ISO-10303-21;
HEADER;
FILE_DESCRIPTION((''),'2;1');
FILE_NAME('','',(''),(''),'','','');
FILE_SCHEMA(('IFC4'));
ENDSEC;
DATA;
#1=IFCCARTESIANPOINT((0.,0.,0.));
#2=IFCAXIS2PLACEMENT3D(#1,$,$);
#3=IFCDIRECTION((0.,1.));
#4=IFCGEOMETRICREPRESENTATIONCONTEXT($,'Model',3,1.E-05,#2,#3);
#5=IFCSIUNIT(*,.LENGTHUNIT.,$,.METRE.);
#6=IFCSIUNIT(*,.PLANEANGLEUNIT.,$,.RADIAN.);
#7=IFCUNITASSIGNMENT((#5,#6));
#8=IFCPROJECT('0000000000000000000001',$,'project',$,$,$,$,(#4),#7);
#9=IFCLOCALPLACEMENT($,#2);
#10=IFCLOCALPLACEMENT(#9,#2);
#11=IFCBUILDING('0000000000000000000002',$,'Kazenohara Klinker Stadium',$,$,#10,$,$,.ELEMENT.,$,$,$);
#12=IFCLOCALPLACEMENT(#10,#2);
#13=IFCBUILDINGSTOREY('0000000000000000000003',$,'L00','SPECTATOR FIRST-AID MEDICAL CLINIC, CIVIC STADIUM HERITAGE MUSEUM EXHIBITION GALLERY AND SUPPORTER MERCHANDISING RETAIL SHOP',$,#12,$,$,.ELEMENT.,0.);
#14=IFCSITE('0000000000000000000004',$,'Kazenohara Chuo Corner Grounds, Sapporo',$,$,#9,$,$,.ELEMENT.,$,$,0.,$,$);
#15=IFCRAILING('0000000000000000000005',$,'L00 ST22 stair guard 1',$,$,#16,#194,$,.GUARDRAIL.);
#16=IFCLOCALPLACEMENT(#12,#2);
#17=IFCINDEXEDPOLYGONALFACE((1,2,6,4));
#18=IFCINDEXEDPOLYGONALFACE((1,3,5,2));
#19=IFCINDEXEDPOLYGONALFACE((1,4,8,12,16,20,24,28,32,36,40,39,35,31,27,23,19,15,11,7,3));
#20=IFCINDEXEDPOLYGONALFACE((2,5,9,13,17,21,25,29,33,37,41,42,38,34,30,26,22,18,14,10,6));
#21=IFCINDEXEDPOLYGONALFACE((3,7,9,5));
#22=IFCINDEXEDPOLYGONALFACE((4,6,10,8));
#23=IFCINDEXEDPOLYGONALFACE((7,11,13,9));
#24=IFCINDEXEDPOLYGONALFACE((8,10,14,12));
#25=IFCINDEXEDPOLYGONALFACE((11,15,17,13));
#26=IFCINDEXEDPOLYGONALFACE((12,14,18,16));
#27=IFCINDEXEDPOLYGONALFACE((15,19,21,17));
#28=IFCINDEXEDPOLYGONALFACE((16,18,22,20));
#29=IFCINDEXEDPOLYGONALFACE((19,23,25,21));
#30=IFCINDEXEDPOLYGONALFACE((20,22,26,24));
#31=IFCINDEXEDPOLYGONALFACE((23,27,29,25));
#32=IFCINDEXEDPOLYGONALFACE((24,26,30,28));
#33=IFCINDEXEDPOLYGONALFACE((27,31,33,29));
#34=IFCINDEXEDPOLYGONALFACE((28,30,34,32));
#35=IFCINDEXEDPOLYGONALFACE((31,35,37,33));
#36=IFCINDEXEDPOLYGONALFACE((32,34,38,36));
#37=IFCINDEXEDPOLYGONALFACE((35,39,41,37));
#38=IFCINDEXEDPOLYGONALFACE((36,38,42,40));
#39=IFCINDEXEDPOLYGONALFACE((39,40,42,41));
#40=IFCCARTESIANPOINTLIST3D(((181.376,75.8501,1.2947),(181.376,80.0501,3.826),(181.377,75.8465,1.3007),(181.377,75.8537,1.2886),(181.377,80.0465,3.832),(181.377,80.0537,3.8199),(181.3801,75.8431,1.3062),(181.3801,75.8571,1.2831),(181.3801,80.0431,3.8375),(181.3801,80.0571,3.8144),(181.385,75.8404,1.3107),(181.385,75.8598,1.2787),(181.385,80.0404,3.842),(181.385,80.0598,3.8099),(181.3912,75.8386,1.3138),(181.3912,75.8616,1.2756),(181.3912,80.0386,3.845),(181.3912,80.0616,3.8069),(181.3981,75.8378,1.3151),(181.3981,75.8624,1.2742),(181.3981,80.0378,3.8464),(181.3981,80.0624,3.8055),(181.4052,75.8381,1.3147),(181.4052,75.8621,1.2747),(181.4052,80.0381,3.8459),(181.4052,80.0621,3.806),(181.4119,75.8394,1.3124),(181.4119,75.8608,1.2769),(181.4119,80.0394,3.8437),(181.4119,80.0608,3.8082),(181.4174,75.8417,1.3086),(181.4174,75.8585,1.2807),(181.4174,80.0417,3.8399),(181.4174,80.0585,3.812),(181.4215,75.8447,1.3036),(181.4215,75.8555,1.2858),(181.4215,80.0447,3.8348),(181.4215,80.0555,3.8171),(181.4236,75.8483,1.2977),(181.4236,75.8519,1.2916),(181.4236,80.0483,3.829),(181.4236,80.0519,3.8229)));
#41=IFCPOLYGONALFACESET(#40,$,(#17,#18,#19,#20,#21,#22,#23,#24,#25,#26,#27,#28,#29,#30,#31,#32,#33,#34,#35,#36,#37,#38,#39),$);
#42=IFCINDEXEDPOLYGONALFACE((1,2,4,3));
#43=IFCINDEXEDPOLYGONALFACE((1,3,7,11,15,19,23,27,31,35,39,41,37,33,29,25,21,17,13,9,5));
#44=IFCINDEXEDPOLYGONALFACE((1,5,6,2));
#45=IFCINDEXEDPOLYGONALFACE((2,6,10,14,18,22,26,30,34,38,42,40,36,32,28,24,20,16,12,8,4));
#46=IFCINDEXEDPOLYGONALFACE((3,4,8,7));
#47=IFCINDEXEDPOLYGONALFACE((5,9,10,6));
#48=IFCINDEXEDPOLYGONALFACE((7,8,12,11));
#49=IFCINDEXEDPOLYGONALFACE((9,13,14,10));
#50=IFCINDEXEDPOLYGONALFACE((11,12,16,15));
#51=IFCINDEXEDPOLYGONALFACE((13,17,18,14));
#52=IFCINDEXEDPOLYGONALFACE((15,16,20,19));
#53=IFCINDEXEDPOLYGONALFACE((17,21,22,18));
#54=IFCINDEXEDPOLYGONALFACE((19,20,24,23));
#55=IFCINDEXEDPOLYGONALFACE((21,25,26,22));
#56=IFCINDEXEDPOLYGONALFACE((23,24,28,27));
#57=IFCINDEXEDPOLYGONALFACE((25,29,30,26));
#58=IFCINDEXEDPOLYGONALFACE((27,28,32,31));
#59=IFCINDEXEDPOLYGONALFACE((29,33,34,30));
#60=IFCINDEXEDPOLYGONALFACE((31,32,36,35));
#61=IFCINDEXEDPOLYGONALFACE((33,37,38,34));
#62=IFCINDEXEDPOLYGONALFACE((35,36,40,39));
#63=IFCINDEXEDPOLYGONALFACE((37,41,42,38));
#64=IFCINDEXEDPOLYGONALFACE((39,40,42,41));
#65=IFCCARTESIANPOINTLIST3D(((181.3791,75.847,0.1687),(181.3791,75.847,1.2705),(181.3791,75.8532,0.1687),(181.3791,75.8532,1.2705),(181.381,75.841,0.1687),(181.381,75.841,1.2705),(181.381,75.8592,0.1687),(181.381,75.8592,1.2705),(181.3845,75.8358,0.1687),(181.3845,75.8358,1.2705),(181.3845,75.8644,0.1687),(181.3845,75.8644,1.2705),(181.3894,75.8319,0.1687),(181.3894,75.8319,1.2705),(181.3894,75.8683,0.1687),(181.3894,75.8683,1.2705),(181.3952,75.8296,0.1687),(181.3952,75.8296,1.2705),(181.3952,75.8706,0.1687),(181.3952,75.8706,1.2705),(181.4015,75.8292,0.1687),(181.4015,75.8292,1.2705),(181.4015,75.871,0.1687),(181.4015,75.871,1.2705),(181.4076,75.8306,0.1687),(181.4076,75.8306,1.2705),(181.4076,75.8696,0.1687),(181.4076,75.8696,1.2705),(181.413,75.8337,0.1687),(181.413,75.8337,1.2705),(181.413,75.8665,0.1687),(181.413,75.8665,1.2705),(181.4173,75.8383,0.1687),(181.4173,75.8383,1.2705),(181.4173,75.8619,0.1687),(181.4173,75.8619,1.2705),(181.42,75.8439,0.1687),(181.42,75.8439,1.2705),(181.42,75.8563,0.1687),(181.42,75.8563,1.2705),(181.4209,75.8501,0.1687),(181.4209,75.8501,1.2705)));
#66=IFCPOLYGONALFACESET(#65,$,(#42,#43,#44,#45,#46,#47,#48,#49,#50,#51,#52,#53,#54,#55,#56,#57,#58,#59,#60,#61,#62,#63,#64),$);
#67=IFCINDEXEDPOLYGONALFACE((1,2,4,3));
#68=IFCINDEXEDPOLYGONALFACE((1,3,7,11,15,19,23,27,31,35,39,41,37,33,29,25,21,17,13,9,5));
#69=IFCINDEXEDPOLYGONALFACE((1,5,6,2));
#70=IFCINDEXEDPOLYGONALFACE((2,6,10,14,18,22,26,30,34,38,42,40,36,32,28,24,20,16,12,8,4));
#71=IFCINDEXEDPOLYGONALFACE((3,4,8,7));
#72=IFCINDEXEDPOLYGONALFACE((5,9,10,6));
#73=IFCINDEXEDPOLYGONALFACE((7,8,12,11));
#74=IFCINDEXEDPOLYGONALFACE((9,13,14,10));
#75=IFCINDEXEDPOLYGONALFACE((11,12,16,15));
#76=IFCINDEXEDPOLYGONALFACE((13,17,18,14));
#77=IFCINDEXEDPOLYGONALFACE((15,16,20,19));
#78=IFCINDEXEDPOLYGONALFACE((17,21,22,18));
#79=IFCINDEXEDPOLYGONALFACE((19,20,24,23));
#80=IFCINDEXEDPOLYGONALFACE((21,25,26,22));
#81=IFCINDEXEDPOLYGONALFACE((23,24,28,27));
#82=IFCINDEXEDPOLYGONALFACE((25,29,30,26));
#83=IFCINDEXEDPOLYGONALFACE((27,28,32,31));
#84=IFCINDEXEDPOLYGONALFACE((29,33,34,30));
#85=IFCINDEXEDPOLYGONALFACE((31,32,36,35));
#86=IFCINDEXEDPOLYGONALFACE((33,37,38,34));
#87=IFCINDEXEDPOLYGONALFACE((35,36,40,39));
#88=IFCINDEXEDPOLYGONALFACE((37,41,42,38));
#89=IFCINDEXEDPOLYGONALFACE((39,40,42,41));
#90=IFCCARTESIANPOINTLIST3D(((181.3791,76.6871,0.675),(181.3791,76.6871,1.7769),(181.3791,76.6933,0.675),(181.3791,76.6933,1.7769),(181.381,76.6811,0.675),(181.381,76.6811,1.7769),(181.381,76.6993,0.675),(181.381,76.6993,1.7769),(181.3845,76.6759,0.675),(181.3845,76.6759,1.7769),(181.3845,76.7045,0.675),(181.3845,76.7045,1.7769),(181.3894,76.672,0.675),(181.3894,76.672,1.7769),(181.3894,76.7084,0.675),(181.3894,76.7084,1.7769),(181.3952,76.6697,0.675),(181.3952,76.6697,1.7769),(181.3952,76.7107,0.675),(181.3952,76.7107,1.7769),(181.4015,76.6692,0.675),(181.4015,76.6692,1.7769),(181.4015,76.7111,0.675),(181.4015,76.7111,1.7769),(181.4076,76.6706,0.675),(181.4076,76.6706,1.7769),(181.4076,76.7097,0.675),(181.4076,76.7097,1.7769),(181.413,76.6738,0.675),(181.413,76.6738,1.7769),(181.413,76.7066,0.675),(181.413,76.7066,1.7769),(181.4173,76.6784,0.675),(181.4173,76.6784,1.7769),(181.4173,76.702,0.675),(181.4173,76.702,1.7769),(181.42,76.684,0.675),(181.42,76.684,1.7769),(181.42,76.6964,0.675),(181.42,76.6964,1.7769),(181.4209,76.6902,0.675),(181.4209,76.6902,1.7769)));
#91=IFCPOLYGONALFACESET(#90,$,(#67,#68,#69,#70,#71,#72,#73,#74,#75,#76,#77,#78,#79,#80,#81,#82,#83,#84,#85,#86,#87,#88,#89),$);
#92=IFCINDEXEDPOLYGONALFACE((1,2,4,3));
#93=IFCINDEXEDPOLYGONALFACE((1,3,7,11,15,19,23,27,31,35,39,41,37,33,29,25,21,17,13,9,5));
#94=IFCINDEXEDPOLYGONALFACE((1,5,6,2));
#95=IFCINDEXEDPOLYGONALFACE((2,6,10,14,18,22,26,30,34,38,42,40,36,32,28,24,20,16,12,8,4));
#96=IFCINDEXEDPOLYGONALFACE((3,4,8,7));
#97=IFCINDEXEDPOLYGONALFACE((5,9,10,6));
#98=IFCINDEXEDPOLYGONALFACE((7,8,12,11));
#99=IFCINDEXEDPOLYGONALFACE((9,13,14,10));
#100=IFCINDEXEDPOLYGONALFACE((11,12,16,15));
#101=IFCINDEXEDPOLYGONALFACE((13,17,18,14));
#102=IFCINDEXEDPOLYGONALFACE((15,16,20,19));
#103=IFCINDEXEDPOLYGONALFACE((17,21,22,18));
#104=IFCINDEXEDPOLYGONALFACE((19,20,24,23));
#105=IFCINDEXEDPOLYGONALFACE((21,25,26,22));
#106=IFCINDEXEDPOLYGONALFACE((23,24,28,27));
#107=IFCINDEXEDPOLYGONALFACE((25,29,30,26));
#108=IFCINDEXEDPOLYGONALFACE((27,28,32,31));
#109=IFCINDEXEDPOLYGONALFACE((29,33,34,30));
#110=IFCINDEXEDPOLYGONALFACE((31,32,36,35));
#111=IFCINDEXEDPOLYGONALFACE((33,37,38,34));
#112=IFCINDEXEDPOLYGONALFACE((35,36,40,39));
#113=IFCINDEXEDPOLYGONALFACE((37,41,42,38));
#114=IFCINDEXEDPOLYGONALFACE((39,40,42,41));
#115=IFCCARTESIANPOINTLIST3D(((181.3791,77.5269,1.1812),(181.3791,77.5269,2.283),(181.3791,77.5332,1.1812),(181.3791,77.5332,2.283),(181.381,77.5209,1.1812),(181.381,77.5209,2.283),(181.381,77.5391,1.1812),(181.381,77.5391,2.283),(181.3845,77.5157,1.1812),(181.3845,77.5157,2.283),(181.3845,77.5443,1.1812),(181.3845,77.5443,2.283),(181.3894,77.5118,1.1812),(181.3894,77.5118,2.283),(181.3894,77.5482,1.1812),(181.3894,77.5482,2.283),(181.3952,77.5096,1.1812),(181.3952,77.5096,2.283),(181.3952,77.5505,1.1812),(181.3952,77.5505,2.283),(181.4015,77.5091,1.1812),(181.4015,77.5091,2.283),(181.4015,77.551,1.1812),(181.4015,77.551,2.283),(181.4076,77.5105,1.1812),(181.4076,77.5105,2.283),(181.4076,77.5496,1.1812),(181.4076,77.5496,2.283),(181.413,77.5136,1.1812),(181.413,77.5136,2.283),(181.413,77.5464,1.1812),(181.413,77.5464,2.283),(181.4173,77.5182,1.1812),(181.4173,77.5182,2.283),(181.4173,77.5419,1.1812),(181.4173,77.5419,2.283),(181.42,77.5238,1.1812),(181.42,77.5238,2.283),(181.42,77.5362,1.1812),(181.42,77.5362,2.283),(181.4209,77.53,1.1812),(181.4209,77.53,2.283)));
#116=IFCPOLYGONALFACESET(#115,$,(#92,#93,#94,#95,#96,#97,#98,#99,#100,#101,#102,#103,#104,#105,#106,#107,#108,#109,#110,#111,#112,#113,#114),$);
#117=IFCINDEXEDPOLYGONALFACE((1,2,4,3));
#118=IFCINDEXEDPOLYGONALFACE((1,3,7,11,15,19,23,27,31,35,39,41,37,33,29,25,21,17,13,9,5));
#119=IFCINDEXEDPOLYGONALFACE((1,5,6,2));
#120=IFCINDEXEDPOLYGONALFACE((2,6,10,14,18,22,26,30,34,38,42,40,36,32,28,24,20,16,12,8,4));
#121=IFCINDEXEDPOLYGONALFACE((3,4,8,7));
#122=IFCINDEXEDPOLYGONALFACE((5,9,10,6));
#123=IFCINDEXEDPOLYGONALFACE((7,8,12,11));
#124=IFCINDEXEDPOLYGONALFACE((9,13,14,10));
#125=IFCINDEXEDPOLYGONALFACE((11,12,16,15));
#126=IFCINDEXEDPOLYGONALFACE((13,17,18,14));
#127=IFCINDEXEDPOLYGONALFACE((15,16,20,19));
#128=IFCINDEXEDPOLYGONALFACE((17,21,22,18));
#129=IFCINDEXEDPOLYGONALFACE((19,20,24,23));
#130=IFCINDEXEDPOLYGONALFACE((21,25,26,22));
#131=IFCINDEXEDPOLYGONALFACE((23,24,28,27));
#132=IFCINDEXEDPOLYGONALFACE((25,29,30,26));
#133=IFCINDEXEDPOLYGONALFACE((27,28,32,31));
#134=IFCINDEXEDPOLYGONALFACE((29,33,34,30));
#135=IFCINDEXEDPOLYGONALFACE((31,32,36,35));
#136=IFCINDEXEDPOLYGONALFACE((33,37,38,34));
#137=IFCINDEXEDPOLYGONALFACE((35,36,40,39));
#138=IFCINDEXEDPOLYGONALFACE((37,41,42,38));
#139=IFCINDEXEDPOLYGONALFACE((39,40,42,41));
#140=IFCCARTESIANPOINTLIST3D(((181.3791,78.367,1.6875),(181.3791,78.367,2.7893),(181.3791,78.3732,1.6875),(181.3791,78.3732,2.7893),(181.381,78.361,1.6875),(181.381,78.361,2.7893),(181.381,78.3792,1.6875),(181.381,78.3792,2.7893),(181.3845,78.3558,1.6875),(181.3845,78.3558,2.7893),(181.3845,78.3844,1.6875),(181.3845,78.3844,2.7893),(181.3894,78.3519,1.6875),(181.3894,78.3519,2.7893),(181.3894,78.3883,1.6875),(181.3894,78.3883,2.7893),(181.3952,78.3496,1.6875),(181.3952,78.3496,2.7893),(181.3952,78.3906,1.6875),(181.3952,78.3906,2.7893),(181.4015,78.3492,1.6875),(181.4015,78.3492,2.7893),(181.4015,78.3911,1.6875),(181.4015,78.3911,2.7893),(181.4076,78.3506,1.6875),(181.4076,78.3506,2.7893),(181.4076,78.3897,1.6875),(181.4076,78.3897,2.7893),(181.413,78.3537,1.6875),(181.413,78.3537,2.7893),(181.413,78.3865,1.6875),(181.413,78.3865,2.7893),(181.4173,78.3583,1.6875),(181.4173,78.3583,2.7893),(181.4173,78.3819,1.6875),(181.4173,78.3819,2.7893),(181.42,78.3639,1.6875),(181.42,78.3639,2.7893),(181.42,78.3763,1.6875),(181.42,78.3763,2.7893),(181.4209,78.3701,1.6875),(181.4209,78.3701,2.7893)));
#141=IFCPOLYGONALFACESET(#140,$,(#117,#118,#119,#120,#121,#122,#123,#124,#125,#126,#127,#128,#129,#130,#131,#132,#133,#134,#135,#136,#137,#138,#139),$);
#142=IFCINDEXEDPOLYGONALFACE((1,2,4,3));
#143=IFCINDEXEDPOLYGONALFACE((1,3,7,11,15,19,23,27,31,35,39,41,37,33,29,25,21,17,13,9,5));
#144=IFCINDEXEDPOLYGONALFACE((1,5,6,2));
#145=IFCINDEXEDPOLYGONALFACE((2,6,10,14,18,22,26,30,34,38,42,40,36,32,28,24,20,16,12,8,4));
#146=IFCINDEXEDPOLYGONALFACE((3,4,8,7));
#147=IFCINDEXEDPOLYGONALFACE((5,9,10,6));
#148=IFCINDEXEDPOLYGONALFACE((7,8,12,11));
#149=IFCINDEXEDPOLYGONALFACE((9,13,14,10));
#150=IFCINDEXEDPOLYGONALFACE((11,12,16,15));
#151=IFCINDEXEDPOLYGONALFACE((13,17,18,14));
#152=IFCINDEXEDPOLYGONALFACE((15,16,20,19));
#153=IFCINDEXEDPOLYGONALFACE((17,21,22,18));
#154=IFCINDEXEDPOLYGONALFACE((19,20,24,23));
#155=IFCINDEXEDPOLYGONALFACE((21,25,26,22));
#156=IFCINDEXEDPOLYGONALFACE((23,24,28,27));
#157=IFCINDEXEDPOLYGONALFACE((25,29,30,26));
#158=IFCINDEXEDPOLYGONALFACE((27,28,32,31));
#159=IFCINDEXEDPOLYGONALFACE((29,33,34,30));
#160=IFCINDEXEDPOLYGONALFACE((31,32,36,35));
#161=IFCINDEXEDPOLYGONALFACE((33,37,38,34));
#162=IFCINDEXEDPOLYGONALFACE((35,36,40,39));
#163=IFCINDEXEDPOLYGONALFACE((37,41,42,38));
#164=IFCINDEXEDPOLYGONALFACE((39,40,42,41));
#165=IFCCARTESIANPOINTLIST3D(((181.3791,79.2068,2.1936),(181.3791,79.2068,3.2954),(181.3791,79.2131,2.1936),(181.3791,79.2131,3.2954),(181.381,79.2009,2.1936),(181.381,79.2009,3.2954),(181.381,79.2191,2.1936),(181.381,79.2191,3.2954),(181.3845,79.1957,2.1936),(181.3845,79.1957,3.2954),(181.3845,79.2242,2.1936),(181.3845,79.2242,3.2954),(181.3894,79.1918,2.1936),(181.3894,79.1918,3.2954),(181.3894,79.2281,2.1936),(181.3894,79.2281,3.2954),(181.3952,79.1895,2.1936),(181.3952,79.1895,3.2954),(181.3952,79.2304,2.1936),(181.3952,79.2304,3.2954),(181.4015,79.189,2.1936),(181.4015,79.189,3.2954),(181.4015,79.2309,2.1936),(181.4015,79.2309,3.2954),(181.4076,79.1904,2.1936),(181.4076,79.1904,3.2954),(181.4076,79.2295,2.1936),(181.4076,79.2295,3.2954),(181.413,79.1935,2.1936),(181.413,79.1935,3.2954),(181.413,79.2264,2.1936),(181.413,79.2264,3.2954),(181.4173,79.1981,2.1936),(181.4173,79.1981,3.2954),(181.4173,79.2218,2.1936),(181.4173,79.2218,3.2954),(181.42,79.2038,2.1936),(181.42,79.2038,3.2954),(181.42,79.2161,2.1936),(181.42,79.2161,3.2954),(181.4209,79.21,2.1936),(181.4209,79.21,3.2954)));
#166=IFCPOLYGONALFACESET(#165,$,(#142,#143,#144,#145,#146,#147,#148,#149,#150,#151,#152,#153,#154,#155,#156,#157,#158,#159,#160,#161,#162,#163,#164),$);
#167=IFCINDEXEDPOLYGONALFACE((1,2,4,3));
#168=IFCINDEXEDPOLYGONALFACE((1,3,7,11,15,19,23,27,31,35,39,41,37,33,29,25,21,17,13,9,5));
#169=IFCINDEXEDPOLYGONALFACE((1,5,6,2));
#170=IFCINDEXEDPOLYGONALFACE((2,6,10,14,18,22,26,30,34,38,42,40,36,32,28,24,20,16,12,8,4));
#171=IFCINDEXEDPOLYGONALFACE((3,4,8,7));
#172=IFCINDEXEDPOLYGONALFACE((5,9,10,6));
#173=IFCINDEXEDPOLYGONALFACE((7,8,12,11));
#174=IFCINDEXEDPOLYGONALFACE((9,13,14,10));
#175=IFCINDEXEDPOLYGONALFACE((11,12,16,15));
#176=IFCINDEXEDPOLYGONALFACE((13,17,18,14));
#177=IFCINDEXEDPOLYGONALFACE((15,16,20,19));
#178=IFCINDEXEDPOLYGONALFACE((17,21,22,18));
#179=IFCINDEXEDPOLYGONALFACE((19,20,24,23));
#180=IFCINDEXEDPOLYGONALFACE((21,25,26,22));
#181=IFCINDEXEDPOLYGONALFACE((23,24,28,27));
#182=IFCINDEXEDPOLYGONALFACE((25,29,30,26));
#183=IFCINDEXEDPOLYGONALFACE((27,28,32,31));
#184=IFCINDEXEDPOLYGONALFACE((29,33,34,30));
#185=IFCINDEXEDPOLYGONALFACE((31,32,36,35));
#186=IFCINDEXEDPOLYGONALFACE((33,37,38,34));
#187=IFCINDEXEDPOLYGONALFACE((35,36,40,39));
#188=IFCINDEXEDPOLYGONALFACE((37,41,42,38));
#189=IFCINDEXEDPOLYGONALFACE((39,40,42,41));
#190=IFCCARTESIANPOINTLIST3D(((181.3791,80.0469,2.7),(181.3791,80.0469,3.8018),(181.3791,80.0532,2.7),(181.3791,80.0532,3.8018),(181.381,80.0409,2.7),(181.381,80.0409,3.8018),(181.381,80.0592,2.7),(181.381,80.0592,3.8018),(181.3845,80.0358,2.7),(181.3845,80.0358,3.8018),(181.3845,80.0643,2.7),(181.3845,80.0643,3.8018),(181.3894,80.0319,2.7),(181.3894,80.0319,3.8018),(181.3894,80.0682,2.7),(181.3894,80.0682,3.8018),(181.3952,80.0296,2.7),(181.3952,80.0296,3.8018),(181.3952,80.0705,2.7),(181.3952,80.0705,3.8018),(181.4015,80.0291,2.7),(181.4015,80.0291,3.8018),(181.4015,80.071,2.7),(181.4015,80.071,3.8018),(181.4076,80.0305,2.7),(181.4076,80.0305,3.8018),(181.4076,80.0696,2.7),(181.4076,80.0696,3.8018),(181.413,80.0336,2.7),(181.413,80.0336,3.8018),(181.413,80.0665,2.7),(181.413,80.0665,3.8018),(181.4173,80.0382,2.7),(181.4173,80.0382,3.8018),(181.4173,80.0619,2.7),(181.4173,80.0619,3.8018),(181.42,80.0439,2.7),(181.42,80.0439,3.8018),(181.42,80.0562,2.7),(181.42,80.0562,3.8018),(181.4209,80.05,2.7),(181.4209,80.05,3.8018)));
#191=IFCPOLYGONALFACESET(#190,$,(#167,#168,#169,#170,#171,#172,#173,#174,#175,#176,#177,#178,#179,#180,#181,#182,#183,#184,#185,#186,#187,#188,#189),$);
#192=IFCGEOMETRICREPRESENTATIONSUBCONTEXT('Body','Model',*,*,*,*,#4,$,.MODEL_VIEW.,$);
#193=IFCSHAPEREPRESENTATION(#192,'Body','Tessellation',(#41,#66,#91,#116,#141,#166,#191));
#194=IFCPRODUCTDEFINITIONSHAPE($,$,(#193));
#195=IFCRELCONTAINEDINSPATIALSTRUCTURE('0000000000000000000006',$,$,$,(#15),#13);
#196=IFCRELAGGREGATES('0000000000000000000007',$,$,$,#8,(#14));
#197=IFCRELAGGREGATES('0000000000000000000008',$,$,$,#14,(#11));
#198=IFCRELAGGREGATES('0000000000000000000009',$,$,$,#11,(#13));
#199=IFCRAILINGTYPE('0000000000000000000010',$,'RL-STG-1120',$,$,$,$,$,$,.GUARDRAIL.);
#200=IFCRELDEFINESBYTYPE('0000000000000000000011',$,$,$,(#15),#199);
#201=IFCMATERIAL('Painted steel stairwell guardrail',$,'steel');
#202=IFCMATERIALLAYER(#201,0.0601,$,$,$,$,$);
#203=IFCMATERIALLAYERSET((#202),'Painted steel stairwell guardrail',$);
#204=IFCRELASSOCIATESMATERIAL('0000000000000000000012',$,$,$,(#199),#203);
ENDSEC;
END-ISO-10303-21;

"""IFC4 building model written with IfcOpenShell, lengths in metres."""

from ifc_helpers import new_model, si_unit, direction, frame, origin, origin_2d, place, context, subcontext, project, spatial, circle, extrude, material, layer, layer_set, type_object, element, save


model = new_model("IFC4")

# Units and contexts
model_context = context("Model", 3, precision=1e-05, world=origin(), true_north=direction((0.0, 1.0)))
body_context = subcontext(model_context, "Body", "Model", "MODEL_VIEW")
ifc_project = project(units=[si_unit("LENGTHUNIT", "METRE"), si_unit("PLANEANGLEUNIT", "RADIAN")], contexts=[model_context])

# Site, building, storey
site_placement = place(None, origin())
site = spatial("IfcSite", under=ifc_project, at=site_placement, Name="Kazenohara Chuo Corner Grounds, Sapporo", CompositionType="ELEMENT", RefElevation=0.0)
building_placement = place(site_placement, origin())
building = spatial("IfcBuilding", under=site, at=building_placement, Name="Kazenohara Klinker Stadium", CompositionType="ELEMENT")
storey_placement = place(building_placement, origin())
storey = spatial("IfcBuildingStorey", under=building, at=storey_placement, Name="L00", Description="SPECTATOR FIRST-AID MEDICAL CLINIC, CIVIC STADIUM HERITAGE MUSEUM EXHIBITION GALLERY AND SUPPORTER MERCHANDISING RETAIL SHOP", CompositionType="ELEMENT", Elevation=0.0)

# Railing
ifc_material_1 = material(Name="Painted steel stairwell guardrail", Category="steel")
ifc_layer_1 = layer(ifc_material_1, 0.0601)
ifc_layer_set_1 = layer_set([ifc_layer_1], Name="Painted steel stairwell guardrail")
railing_type_1 = type_object("IfcRailingType", Name="RL-STG-1120", PredefinedType="GUARDRAIL", material=ifc_layer_set_1)
railing_1_placement = place(storey_placement, frame((181.3999, 75.8501, 0.1687)))
element("IfcRailing", 1, at=railing_1_placement, inside=storey, type_object=railing_type_1, Name="L00 ST22 stair guard 1", PredefinedType="GUARDRAIL", context=body_context, shape_type="SweptSolid", body=[
    extrude(circle(Radius=0.0239, at=origin_2d()), frame((0.0, 0.0, 1.126), z_axis=(0.0, 0.856476, 0.516186), x_axis=(-1.0, 0.0, 0.0)), (0.0, 0.0, 1.0), 4.9038),
    extrude(circle(Radius=0.021, at=origin_2d()), origin(), (0.0, 0.0, 1.0), 1.1018),
    extrude(circle(Radius=0.021, at=origin_2d()), frame((0.0, 0.8401, 0.5063)), (0.0, 0.0, 1.0), 1.1018),
    extrude(circle(Radius=0.021, at=origin_2d()), frame((0.0, 1.6799, 1.0125)), (0.0, 0.0, 1.0), 1.1018),
    extrude(circle(Radius=0.021, at=origin_2d()), frame((0.0, 2.52, 1.5188)), (0.0, 0.0, 1.0), 1.1018),
    extrude(circle(Radius=0.021, at=origin_2d()), frame((0.0, 3.3599, 2.0249)), (0.0, 0.0, 1.0), 1.1018),
    extrude(circle(Radius=0.021, at=origin_2d()), frame((0.0, 4.2, 2.5312)), (0.0, 0.0, 1.0), 1.1018),
])

save(model, "model.ifc")
